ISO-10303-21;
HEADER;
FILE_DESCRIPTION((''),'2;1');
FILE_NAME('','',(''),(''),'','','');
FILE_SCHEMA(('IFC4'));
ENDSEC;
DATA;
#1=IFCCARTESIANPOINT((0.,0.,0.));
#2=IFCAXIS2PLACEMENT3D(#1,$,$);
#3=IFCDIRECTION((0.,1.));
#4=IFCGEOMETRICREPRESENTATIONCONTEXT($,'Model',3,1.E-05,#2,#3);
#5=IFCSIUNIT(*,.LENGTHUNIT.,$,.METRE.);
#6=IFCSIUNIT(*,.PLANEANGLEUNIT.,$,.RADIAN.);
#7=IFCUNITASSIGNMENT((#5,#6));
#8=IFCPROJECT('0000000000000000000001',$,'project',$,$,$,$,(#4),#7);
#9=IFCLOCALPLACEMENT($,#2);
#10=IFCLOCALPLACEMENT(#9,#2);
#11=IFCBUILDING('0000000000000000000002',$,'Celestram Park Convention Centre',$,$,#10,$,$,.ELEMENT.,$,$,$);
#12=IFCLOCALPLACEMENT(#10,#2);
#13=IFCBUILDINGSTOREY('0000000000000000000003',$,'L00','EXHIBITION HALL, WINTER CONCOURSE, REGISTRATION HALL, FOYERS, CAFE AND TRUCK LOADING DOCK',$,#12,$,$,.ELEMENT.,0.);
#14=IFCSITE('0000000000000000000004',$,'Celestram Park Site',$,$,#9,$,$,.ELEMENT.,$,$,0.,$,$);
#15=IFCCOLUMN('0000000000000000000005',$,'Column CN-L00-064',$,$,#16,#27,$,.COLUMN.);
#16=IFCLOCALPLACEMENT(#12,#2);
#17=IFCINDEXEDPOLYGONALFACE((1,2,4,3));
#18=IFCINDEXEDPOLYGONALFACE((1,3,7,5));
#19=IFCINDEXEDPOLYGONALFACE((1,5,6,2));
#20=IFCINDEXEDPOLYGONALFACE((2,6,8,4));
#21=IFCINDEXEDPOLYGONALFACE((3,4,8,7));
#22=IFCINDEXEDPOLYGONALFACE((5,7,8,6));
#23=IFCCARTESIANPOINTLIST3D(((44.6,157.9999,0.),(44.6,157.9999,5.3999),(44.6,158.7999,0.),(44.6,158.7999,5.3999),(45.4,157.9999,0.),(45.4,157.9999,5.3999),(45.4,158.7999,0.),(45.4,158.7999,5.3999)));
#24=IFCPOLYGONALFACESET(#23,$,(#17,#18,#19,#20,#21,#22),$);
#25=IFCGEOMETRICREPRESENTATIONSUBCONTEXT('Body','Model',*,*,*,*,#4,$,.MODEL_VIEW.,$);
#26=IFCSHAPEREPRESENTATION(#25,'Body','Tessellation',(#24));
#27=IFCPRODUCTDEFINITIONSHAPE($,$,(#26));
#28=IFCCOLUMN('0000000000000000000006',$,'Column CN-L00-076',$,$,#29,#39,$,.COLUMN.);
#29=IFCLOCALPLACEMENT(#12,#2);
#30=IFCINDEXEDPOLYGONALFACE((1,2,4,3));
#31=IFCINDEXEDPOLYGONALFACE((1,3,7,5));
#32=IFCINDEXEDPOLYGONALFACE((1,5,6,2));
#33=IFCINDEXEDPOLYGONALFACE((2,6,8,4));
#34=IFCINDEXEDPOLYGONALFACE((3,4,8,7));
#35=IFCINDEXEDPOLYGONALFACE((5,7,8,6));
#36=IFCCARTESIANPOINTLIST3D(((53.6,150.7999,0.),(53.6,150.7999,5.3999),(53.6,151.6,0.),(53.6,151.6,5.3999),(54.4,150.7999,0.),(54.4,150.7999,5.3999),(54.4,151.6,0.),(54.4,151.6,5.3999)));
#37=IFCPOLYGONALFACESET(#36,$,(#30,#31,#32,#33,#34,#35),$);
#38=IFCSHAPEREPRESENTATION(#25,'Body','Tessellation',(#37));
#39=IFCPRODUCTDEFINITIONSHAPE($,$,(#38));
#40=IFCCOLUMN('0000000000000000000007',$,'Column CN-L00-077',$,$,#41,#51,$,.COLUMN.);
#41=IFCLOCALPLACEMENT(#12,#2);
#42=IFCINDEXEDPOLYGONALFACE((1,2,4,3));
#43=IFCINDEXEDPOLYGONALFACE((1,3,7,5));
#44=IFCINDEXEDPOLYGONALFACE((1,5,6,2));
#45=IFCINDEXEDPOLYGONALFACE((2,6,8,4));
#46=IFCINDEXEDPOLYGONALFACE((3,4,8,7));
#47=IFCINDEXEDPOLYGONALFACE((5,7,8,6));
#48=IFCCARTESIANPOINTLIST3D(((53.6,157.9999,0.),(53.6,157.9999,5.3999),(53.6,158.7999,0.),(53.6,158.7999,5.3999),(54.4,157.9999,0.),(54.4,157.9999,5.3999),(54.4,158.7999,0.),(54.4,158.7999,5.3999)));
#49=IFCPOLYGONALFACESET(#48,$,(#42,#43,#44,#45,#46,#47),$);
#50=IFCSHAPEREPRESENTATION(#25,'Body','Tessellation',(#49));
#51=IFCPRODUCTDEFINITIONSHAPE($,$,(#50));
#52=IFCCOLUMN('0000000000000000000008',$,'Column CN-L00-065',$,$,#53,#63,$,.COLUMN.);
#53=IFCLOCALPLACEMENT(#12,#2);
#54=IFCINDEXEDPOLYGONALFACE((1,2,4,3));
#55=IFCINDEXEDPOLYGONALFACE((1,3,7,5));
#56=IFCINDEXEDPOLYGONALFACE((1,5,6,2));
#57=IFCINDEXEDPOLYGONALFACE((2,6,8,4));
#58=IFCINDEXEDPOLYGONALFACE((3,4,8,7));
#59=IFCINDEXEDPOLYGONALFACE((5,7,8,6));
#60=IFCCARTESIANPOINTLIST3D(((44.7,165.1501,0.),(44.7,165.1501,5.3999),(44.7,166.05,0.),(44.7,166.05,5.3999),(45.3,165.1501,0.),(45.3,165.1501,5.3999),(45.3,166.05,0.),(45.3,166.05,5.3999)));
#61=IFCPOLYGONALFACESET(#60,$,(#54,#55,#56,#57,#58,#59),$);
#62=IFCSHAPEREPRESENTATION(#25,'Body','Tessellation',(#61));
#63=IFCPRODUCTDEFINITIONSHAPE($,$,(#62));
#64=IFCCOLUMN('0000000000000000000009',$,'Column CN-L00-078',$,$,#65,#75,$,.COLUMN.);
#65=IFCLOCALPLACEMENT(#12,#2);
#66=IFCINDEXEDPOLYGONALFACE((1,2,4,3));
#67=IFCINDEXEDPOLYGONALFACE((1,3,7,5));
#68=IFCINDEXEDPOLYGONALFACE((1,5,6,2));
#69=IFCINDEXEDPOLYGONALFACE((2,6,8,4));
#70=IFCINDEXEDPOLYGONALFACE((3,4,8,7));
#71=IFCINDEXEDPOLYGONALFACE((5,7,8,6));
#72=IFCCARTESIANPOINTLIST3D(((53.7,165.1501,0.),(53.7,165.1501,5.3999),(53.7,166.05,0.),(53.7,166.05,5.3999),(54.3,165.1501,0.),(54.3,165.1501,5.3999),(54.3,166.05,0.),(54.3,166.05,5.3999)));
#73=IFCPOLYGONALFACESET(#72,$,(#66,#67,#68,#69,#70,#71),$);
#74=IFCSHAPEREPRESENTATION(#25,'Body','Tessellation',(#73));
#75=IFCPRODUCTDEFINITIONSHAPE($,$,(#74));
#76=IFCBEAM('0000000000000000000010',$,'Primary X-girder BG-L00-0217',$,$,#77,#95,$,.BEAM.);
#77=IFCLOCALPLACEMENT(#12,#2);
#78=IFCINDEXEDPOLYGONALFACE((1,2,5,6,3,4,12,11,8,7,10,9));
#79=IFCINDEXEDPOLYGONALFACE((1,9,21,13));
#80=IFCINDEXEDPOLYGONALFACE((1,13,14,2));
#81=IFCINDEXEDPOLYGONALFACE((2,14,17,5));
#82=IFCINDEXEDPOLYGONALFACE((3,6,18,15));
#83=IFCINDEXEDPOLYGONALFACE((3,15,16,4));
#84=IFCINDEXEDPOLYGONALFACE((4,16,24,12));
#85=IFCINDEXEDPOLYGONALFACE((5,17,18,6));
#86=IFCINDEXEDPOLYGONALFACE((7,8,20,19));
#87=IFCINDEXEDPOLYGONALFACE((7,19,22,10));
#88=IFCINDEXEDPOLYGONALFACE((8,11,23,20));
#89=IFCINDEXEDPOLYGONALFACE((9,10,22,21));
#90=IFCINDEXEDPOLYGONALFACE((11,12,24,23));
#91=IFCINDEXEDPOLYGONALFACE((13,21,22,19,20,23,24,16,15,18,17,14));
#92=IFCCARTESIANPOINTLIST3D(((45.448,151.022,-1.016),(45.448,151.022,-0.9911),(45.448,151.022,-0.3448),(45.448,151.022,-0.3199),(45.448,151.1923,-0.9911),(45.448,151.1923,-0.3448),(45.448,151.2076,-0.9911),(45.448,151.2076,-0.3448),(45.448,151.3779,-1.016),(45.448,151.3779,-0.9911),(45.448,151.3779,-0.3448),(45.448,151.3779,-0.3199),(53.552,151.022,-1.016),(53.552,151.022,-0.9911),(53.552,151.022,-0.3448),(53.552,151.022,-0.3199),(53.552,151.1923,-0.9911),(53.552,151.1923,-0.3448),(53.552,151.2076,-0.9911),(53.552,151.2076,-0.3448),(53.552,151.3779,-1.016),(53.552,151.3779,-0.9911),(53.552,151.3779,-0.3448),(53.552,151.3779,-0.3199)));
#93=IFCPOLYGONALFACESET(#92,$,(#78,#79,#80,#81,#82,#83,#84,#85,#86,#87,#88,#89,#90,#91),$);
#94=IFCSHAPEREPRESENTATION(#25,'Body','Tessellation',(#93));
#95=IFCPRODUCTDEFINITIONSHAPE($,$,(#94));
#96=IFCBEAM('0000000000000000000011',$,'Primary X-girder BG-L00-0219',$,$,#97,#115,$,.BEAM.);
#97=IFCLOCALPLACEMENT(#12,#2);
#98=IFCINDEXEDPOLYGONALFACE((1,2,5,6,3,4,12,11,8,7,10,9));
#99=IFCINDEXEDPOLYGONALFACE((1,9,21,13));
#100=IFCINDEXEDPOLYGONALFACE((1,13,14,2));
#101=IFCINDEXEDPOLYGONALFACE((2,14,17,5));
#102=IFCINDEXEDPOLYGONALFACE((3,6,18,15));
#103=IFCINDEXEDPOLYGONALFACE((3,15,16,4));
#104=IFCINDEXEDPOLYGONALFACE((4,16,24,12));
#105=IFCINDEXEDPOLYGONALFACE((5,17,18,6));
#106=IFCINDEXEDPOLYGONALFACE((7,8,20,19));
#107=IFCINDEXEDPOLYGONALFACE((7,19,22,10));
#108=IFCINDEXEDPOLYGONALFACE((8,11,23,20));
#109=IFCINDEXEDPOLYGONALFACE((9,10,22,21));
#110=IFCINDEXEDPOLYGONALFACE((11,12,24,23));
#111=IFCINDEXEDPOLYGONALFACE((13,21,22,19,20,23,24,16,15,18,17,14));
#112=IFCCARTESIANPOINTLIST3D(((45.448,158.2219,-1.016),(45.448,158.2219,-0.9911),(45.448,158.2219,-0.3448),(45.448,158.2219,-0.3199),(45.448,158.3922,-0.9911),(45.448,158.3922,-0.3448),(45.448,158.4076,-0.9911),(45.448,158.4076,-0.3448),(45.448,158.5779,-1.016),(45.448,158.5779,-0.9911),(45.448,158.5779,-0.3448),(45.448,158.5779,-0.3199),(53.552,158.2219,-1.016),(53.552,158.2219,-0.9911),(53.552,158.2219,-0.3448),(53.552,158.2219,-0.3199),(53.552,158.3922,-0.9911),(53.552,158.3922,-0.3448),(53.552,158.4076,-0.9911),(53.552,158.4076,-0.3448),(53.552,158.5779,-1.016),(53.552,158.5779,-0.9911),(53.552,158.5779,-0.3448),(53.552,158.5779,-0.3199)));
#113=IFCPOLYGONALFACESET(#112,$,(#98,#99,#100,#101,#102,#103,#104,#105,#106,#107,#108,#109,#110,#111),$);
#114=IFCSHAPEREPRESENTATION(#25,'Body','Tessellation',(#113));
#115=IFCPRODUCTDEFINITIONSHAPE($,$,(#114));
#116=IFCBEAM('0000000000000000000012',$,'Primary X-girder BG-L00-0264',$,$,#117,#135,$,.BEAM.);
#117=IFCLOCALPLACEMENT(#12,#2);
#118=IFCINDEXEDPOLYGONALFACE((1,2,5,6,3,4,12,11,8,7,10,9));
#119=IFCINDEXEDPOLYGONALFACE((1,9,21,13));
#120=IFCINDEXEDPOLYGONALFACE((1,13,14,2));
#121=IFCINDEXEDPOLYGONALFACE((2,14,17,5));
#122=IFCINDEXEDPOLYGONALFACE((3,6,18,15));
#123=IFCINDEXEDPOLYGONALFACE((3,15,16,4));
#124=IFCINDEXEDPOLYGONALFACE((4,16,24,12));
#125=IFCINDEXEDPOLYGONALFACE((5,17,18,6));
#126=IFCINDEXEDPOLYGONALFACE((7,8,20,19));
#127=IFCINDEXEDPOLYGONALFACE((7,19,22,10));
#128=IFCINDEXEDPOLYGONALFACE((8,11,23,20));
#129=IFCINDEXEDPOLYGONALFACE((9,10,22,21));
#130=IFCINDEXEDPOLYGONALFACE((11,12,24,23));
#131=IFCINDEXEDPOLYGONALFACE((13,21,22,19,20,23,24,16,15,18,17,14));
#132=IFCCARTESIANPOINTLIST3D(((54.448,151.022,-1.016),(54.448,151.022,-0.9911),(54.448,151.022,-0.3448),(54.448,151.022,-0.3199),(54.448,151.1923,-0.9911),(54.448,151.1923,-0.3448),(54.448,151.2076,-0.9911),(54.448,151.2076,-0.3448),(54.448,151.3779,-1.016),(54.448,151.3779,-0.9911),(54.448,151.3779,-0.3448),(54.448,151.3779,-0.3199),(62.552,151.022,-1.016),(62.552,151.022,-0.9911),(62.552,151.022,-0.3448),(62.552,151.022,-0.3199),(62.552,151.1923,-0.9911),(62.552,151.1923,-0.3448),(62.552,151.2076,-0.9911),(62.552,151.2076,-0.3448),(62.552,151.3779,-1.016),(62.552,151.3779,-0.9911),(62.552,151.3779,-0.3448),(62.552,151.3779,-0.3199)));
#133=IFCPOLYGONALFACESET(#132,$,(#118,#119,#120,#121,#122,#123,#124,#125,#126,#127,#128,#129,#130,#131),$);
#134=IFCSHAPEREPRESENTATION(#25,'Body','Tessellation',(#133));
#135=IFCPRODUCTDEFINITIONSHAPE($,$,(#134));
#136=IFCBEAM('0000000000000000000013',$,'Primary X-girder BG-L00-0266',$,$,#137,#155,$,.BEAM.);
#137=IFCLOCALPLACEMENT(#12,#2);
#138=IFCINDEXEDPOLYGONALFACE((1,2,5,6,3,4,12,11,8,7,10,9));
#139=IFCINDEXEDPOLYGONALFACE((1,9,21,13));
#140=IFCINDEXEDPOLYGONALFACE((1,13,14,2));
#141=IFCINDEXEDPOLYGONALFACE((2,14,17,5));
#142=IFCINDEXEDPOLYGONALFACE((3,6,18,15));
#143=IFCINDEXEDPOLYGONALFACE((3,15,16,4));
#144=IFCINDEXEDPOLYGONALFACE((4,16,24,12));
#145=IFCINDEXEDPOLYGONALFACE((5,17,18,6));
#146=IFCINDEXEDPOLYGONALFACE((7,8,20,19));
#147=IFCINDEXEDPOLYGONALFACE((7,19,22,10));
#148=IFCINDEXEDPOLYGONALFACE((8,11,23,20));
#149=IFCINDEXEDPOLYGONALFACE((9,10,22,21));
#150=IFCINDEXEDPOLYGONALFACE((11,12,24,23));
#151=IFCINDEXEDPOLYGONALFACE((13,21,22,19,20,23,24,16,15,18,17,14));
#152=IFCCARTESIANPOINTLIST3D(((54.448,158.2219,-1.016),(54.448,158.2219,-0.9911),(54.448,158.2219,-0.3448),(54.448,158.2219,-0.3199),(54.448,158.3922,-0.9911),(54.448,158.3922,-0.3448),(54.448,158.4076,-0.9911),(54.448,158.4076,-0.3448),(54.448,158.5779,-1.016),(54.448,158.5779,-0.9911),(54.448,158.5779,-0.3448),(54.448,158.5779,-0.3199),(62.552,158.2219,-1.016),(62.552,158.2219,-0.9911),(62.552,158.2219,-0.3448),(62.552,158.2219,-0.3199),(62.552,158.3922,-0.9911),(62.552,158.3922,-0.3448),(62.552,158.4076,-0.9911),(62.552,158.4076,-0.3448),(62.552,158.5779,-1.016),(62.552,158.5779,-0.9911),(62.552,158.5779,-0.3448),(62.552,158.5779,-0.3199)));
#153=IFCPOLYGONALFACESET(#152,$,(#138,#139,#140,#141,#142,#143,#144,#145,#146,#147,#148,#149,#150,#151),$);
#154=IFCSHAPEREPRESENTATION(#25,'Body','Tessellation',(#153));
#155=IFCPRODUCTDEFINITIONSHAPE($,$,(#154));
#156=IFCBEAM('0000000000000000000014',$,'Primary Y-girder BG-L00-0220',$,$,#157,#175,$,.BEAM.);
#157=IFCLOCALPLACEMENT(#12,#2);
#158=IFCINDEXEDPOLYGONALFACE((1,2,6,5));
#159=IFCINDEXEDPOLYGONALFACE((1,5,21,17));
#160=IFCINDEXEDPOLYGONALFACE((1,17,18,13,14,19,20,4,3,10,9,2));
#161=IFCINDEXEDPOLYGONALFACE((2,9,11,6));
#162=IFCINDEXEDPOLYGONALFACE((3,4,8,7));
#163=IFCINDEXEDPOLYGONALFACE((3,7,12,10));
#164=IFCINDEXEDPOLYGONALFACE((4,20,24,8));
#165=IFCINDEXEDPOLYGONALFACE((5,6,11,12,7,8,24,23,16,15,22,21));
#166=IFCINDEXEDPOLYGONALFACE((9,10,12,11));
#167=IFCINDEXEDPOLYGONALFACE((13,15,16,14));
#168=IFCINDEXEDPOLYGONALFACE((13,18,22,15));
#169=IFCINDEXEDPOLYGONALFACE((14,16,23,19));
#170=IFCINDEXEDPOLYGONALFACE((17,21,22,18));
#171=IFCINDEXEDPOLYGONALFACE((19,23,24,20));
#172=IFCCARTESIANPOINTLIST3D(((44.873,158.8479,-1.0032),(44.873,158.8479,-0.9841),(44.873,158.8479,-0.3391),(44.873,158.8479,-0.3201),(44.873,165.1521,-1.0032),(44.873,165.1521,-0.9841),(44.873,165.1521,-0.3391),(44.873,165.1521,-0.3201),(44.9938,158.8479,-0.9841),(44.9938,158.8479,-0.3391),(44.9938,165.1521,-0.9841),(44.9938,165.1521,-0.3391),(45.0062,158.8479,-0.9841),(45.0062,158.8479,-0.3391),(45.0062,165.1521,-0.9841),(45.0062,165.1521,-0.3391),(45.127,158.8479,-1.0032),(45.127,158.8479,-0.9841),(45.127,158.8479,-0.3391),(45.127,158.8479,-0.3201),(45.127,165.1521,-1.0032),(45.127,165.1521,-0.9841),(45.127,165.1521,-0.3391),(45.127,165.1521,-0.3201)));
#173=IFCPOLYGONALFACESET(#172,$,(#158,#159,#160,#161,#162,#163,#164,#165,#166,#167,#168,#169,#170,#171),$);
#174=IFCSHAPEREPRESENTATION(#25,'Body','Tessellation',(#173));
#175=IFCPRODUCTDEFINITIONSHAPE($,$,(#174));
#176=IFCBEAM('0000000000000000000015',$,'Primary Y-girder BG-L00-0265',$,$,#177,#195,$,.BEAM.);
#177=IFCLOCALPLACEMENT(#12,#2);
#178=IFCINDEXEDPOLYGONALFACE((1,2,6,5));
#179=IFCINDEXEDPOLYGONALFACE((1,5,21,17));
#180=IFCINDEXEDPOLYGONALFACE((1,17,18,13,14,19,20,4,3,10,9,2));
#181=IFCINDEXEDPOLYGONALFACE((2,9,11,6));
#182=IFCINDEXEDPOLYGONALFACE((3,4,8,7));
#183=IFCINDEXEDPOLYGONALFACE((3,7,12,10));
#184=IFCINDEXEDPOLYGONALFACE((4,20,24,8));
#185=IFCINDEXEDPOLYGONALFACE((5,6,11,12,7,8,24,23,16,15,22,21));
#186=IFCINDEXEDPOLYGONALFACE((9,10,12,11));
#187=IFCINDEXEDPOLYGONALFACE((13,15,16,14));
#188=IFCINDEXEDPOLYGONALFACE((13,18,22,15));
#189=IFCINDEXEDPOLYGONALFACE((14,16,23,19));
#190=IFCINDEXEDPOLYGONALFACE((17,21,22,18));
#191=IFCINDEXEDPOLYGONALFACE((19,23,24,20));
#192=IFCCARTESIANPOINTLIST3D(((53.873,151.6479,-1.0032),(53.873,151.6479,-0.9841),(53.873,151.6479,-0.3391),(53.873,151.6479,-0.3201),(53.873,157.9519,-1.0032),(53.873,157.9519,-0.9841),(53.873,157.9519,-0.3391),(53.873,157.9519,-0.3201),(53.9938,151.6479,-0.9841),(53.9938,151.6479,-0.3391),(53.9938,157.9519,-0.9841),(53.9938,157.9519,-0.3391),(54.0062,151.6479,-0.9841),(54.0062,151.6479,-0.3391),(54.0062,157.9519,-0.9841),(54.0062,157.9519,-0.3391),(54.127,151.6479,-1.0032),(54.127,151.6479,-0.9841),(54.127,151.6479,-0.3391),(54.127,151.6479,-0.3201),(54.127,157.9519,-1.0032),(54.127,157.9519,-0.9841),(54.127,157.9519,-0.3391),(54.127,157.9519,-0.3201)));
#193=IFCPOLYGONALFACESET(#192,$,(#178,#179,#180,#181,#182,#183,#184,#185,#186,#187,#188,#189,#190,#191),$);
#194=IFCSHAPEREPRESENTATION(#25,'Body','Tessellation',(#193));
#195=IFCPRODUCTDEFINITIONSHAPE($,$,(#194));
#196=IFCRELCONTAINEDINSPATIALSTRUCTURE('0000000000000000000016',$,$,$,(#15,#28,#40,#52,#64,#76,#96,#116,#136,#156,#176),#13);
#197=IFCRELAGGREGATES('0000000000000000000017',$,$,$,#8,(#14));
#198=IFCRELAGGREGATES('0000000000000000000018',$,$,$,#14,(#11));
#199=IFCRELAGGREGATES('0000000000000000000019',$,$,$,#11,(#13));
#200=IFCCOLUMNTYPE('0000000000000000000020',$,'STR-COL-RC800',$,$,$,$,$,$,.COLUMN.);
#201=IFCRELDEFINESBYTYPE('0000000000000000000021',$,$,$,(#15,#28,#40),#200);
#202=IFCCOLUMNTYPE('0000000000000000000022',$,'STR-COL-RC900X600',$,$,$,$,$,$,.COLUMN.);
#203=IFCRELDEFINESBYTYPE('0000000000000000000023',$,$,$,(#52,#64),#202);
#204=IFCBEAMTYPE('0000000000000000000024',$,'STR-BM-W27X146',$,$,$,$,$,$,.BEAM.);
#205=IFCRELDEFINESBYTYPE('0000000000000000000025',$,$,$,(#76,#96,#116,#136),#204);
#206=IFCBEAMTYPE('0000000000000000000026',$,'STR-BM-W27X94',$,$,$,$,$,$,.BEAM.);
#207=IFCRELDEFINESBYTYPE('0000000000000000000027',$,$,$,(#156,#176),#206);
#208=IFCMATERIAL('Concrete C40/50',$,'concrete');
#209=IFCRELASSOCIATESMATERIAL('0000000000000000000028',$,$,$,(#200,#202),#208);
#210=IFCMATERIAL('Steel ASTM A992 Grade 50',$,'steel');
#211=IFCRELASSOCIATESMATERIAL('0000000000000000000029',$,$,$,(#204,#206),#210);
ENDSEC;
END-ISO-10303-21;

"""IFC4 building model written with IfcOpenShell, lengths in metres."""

from ifc_helpers import new_model, si_unit, direction, frame, origin, origin_2d, place, context, subcontext, project, spatial, rectangle, i_section, extrude, material, material_profile, profile_set, type_object, element, save


model = new_model("IFC4")

# Units and contexts
model_context = context("Model", 3, precision=1e-05, world=origin(), true_north=direction((0.0, 1.0)))
body_context = subcontext(model_context, "Body", "Model", "MODEL_VIEW")
ifc_project = project(units=[si_unit("LENGTHUNIT", "METRE"), si_unit("PLANEANGLEUNIT", "RADIAN")], contexts=[model_context])

# Site, building, storey
site_placement = place(None, origin())
site = spatial("IfcSite", under=ifc_project, at=site_placement, Name="Celestram Park Site", CompositionType="ELEMENT", RefElevation=0.0)
building_placement = place(site_placement, origin())
building = spatial("IfcBuilding", under=site, at=building_placement, Name="Celestram Park Convention Centre", CompositionType="ELEMENT")
storey_placement = place(building_placement, origin())
storey = spatial("IfcBuildingStorey", under=building, at=storey_placement, Name="L00", Description="EXHIBITION HALL, WINTER CONCOURSE, REGISTRATION HALL, FOYERS, CAFE AND TRUCK LOADING DOCK", CompositionType="ELEMENT", Elevation=0.0)

# Columns
ifc_material_1 = material(Name="Concrete C40/50", Category="concrete")
ifc_material_profile_1 = material_profile(ifc_material_1, rectangle(XDim=0.8, YDim=0.8, at=origin_2d()), Name="RC800X800")
ifc_profile_set_1 = profile_set([ifc_material_profile_1], Name="Concrete C40/50")
column_type_1 = type_object("IfcColumnType", Name="STR-COL-RC800", PredefinedType="COLUMN", material=ifc_profile_set_1)
for number, where, z_axis, x_axis, name in (
    (1, (45.0, 158.3999, 0.0), (0.0, 0.0, 1.0), (1.0, 0.0, 0.0), "Column CN-L00-064"),
    (2, (54.0, 151.2, 0.0), (0.0, 0.0, 1.0), (1.0, 0.0, 0.0), "Column CN-L00-076"),
    (3, (54.0, 158.3999, 0.0), (0.0, 0.0, 1.0), (1.0, 0.0, 0.0), "Column CN-L00-077"),
):
    element("IfcColumn", number, at=place(storey_placement, frame(where, z_axis=z_axis, x_axis=x_axis)), inside=storey, type_object=column_type_1, Name=name, PredefinedType="COLUMN", context=body_context, shape_type="SweptSolid", body=[
        extrude(rectangle(XDim=0.8, YDim=0.8, at=origin_2d()), origin(), (0.0, 0.0, 1.0), 5.3999),
    ])
ifc_material_profile_2 = material_profile(ifc_material_1, rectangle(XDim=0.6001, YDim=0.8999, at=origin_2d()), Name="RC900X600")
ifc_profile_set_2 = profile_set([ifc_material_profile_2], Name="Concrete C40/50")
column_type_2 = type_object("IfcColumnType", Name="STR-COL-RC900X600", PredefinedType="COLUMN", material=ifc_profile_set_2)
for number, where, z_axis, x_axis, name in (
    (4, (45.0, 165.6001, 0.0), (0.0, 0.0, 1.0), (1.0, 0.0, 0.0), "Column CN-L00-065"),
    (5, (54.0, 165.6001, 0.0), (0.0, 0.0, 1.0), (1.0, 0.0, 0.0), "Column CN-L00-078"),
):
    element("IfcColumn", number, at=place(storey_placement, frame(where, z_axis=z_axis, x_axis=x_axis)), inside=storey, type_object=column_type_2, Name=name, PredefinedType="COLUMN", context=body_context, shape_type="SweptSolid", body=[
        extrude(rectangle(XDim=0.6001, YDim=0.8999, at=origin_2d()), origin(), (0.0, 0.0, 1.0), 5.3999),
    ])

# Beams
ifc_material_2 = material(Name="Steel ASTM A992 Grade 50", Category="steel")
ifc_material_profile_3 = material_profile(ifc_material_2, i_section(OverallWidth=0.356, OverallDepth=0.696, WebThickness=0.0154, FlangeThickness=0.0249, at=origin_2d()), Name="W27X146")
ifc_profile_set_3 = profile_set([ifc_material_profile_3], Name="Steel ASTM A992 Grade 50")
beam_type_1 = type_object("IfcBeamType", Name="STR-BM-W27X146", PredefinedType="BEAM", material=ifc_profile_set_3)
for number, where, z_axis, x_axis, name in (
    (6, (45.448, 151.2, -0.668), (1.0, 0.0, 0.0), (0.0, 1.0, 0.0), "Primary X-girder BG-L00-0217"),
    (7, (45.448, 158.3999, -0.668), (1.0, 0.0, 0.0), (0.0, 1.0, 0.0), "Primary X-girder BG-L00-0219"),
    (8, (54.448, 151.2, -0.668), (1.0, 0.0, 0.0), (0.0, 1.0, 0.0), "Primary X-girder BG-L00-0264"),
    (9, (54.448, 158.3999, -0.668), (1.0, 0.0, 0.0), (0.0, 1.0, 0.0), "Primary X-girder BG-L00-0266"),
):
    element("IfcBeam", number, at=place(storey_placement, frame(where, z_axis=z_axis, x_axis=x_axis)), inside=storey, type_object=beam_type_1, Name=name, PredefinedType="BEAM", context=body_context, shape_type="SweptSolid", body=[
        extrude(i_section(OverallWidth=0.356, OverallDepth=0.696, WebThickness=0.0154, FlangeThickness=0.0249, at=origin_2d()), origin(), (0.0, 0.0, 1.0), 8.104),
    ])
ifc_material_profile_4 = material_profile(ifc_material_2, i_section(OverallWidth=0.2539, OverallDepth=0.6831, WebThickness=0.0125, FlangeThickness=0.019, at=origin_2d()), Name="W27X94")
ifc_profile_set_4 = profile_set([ifc_material_profile_4], Name="Steel ASTM A992 Grade 50")
beam_type_2 = type_object("IfcBeamType", Name="STR-BM-W27X94", PredefinedType="BEAM", material=ifc_profile_set_4)
beam_1_placement = place(storey_placement, frame((45.0, 158.8479, -0.6616), z_axis=(0.0, 1.0, 0.0), x_axis=(-1.0, 0.0, 0.0)))
element("IfcBeam", 10, at=beam_1_placement, inside=storey, type_object=beam_type_2, Name="Primary Y-girder BG-L00-0220", PredefinedType="BEAM", context=body_context, shape_type="SweptSolid", body=[
    extrude(i_section(OverallWidth=0.2539, OverallDepth=0.6831, WebThickness=0.0125, FlangeThickness=0.019, at=origin_2d()), origin(), (0.0, 0.0, 1.0), 6.3042),
])
beam_2_placement = place(storey_placement, frame((54.0, 151.6479, -0.6616), z_axis=(0.0, 1.0, 0.0), x_axis=(-1.0, 0.0, 0.0)))
element("IfcBeam", 11, at=beam_2_placement, inside=storey, type_object=beam_type_2, Name="Primary Y-girder BG-L00-0265", PredefinedType="BEAM", context=body_context, shape_type="SweptSolid", body=[
    extrude(i_section(OverallWidth=0.2539, OverallDepth=0.6831, WebThickness=0.0125, FlangeThickness=0.019, at=origin_2d()), origin(), (0.0, 0.0, 1.0), 6.304),
])

save(model, "model.ifc")
